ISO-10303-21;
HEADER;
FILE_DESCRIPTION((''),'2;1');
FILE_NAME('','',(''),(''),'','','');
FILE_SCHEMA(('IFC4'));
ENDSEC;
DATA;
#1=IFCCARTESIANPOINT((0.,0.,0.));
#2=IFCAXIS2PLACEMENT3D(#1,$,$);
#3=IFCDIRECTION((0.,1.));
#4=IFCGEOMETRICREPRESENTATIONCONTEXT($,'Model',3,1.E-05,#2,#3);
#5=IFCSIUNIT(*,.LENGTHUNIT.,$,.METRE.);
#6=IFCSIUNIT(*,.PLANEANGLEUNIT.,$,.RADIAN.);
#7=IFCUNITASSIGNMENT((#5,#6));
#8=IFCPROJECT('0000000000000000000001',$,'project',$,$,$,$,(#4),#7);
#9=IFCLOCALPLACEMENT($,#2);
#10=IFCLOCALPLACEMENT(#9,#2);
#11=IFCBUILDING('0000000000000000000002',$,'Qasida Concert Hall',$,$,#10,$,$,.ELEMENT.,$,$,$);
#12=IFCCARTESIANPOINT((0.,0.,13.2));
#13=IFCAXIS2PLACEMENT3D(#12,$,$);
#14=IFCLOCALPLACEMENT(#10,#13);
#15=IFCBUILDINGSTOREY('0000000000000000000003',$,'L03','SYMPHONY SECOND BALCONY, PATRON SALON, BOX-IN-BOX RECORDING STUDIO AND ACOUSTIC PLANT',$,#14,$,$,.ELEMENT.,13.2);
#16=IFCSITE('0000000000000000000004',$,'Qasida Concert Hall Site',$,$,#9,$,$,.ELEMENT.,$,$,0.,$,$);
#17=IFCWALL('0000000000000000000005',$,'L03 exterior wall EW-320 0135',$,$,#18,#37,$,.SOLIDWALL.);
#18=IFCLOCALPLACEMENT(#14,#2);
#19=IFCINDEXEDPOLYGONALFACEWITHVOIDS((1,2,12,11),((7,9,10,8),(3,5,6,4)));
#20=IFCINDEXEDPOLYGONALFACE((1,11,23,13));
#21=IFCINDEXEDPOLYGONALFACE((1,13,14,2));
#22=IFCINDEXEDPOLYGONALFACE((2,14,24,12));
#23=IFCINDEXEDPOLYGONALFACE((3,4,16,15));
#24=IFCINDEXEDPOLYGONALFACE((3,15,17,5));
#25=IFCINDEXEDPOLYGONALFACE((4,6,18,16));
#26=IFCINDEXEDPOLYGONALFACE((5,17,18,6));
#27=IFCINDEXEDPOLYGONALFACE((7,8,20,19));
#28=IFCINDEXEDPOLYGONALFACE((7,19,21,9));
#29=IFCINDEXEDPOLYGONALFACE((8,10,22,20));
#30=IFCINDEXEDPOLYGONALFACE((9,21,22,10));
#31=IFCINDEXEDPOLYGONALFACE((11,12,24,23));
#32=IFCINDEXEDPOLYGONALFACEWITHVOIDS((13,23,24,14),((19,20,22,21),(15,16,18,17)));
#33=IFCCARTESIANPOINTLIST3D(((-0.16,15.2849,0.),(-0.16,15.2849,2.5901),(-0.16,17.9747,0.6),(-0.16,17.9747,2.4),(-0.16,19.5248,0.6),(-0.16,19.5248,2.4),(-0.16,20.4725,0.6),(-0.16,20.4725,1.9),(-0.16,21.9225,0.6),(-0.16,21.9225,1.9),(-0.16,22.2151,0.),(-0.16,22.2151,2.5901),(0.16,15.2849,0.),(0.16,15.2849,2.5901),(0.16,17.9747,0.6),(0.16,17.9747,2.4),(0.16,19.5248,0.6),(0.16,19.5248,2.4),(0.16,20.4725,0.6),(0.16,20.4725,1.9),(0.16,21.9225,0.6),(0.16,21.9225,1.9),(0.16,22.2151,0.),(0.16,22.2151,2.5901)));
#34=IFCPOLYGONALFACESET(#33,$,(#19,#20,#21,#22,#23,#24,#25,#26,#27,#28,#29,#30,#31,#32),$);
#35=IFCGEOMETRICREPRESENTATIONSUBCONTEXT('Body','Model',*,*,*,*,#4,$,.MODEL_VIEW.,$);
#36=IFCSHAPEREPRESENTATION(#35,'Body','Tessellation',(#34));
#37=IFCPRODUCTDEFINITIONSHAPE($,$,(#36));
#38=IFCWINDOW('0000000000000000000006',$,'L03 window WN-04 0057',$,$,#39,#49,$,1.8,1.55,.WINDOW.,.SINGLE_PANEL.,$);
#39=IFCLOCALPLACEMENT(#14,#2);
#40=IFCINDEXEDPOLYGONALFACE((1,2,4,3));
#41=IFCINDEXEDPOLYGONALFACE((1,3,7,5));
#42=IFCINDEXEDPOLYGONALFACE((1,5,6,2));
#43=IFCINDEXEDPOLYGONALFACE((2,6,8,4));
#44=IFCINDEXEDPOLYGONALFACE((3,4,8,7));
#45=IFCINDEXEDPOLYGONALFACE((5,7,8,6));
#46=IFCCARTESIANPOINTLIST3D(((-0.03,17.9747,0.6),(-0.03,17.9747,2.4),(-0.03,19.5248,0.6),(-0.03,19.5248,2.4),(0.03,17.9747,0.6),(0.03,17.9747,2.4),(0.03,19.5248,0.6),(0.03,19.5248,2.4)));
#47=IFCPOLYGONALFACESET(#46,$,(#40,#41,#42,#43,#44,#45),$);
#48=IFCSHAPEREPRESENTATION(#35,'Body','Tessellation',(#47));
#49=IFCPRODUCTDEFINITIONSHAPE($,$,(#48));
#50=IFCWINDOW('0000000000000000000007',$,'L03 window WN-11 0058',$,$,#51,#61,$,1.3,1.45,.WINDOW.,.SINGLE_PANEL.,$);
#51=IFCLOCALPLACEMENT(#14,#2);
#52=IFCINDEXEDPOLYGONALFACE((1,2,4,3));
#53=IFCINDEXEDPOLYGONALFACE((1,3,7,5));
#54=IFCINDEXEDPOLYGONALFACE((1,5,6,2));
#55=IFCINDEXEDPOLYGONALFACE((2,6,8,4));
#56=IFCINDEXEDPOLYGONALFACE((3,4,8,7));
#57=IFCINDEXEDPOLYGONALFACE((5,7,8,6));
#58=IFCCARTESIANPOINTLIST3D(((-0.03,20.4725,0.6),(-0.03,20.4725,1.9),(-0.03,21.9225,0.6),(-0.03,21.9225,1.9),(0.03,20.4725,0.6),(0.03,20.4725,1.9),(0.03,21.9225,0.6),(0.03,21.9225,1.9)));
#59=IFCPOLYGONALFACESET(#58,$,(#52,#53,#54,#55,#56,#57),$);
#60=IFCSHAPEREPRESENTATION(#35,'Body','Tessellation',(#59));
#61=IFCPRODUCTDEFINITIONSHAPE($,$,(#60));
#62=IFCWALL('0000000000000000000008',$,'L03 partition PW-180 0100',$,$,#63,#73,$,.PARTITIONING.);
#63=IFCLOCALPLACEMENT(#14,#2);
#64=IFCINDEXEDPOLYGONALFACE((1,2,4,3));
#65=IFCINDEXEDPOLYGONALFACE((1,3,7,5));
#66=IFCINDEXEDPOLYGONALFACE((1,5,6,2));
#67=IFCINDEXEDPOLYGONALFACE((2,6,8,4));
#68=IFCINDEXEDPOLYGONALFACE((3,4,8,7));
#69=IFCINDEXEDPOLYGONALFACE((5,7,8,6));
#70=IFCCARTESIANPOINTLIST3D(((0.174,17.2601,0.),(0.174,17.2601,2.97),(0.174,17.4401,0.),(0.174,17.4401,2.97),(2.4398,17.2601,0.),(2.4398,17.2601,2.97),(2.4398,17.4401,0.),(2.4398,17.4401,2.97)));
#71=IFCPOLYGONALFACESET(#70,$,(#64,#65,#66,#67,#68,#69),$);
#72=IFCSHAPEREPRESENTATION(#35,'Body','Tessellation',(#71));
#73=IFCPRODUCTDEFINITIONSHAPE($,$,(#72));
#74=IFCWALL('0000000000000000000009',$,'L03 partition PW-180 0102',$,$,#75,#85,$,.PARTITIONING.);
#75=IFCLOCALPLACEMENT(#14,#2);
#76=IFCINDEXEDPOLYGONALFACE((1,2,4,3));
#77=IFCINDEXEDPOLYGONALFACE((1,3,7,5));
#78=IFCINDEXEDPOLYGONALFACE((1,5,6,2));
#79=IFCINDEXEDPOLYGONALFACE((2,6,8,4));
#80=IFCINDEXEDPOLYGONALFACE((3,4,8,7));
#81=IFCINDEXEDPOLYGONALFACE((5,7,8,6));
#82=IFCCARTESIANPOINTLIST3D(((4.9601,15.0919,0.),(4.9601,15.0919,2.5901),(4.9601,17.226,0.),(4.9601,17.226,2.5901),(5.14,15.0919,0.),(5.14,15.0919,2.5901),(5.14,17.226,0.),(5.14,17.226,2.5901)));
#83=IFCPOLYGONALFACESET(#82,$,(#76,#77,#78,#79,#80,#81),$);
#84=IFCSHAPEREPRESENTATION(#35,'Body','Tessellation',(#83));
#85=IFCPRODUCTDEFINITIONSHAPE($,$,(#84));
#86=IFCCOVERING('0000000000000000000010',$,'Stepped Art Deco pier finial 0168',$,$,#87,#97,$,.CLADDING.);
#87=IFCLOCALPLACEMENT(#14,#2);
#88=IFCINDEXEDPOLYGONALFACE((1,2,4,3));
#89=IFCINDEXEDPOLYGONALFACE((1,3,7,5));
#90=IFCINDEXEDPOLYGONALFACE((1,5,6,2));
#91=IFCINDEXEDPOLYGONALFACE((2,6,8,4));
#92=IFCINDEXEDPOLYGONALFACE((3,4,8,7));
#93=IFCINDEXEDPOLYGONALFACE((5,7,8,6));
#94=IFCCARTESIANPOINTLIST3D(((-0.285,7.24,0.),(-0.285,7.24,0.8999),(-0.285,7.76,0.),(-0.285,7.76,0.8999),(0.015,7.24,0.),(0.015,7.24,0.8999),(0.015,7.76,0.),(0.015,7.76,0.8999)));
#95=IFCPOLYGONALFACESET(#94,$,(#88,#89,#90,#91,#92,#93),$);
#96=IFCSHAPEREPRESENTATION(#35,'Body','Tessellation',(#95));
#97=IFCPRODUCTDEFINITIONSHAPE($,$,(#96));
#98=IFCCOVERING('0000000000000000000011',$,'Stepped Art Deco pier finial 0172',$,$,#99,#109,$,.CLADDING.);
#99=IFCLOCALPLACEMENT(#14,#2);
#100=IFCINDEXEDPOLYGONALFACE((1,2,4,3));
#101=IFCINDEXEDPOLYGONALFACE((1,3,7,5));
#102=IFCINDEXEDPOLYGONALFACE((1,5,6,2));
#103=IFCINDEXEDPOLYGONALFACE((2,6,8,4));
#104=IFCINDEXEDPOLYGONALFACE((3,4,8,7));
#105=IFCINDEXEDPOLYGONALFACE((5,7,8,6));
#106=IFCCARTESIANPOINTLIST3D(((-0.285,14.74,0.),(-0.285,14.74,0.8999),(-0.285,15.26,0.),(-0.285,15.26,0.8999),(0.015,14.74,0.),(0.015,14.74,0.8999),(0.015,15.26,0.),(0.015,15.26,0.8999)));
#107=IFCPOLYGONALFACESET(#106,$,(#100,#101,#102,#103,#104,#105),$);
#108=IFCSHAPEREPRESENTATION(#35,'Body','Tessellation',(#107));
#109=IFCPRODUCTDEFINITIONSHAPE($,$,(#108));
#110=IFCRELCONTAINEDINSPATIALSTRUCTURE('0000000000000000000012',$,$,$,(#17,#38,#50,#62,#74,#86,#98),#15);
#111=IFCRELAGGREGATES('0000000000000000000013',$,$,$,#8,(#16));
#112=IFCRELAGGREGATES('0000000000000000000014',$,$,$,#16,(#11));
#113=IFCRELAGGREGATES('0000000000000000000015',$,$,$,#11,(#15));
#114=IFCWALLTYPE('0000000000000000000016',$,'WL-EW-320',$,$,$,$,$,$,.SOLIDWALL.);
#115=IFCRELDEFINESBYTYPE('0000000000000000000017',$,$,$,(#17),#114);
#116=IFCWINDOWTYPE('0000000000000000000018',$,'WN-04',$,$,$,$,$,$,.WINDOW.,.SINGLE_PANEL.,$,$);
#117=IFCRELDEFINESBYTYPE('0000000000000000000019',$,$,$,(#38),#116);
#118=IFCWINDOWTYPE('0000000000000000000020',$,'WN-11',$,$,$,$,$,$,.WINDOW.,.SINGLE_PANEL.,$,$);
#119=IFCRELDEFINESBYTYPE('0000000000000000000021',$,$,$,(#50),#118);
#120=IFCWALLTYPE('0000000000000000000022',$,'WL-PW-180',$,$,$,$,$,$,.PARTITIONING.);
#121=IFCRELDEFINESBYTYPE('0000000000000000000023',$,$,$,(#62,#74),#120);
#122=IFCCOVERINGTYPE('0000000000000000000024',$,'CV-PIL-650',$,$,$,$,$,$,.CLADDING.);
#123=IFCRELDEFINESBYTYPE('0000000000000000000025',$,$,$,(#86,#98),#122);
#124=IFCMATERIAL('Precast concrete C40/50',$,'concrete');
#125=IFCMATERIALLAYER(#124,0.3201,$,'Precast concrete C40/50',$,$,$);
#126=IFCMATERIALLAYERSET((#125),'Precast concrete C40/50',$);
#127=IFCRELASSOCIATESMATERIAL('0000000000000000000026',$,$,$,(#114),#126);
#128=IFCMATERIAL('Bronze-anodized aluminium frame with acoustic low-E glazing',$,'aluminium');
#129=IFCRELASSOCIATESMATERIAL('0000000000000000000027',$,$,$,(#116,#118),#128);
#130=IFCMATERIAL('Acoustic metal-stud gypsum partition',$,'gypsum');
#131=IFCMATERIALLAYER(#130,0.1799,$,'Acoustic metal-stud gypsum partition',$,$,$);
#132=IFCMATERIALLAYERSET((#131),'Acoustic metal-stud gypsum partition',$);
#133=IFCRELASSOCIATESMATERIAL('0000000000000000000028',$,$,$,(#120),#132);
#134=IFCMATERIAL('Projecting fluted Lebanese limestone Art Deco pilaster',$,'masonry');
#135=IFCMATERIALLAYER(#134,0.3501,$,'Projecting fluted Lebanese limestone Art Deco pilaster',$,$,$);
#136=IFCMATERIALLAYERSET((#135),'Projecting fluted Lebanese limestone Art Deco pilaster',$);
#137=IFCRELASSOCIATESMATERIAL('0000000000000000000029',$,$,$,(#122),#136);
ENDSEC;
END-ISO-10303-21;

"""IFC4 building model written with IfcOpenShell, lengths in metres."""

from ifc_helpers import new_model, si_unit, direction, frame, frame_2d, origin, origin_2d, place, context, subcontext, project, spatial, rectangle, extrude, material, layer, layer_set, type_object, element, fill, save


model = new_model("IFC4")

# Units and contexts
model_context = context("Model", 3, precision=1e-05, world=origin(), true_north=direction((0.0, 1.0)))
body_context = subcontext(model_context, "Body", "Model", "MODEL_VIEW")
ifc_project = project(units=[si_unit("LENGTHUNIT", "METRE"), si_unit("PLANEANGLEUNIT", "RADIAN")], contexts=[model_context])

# Site, building, storey
site_placement = place(None, origin())
site = spatial("IfcSite", under=ifc_project, at=site_placement, Name="Qasida Concert Hall Site", CompositionType="ELEMENT", RefElevation=0.0)
building_placement = place(site_placement, origin())
building = spatial("IfcBuilding", under=site, at=building_placement, Name="Qasida Concert Hall", CompositionType="ELEMENT")
storey_placement = place(building_placement, frame((0.0, 0.0, 13.2)))
storey = spatial("IfcBuildingStorey", under=building, at=storey_placement, Name="L03", Description="SYMPHONY SECOND BALCONY, PATRON SALON, BOX-IN-BOX RECORDING STUDIO AND ACOUSTIC PLANT", CompositionType="ELEMENT", Elevation=13.2)

# Wall, openings, windows
ifc_material_1 = material(Name="Precast concrete C40/50", Category="concrete")
ifc_layer_1 = layer(ifc_material_1, 0.3201, Name="Precast concrete C40/50")
ifc_layer_set_1 = layer_set([ifc_layer_1], Name="Precast concrete C40/50")
wall_type_1 = type_object("IfcWallType", Name="WL-EW-320", PredefinedType="SOLIDWALL", material=ifc_layer_set_1)
wall_1_placement = place(storey_placement, frame((0.0, 15.2849, 0.0), z_axis=(0.0, 0.0, 1.0), x_axis=(0.0, 1.0, 0.0)))
wall_1 = element("IfcWall", 1, at=wall_1_placement, inside=storey, type_object=wall_type_1, Name="L03 exterior wall EW-320 0135", PredefinedType="SOLIDWALL", context=body_context, shape_type="SweptSolid", body=[
    extrude(rectangle(XDim=6.9302, YDim=0.3201, at=frame_2d((3.4651, 0.0))), origin(), (0.0, 0.0, 1.0), 2.5901),
])
opening_1_placement = place(wall_1_placement, frame((2.6899, 0.0, 0.6001)))
opening_1 = element("IfcOpeningElement", 2, at=opening_1_placement, cuts=wall_1, PredefinedType="OPENING", context=body_context, shape_type="SweptSolid", body=[
    extrude(rectangle(XDim=1.55, YDim=1.8, at=frame_2d((0.7749, 0.8999))), frame((0.0, 0.1699, 0.0), z_axis=(0.0, -1.0, 0.0), x_axis=(1.0, 0.0, 0.0)), (0.0, 0.0, 1.0), 0.3401),
])
opening_2_placement = place(wall_1_placement, frame((5.1875, 0.0, 0.6001)))
opening_2 = element("IfcOpeningElement", 3, at=opening_2_placement, cuts=wall_1, PredefinedType="OPENING", context=body_context, shape_type="SweptSolid", body=[
    extrude(rectangle(XDim=1.45, YDim=1.3, at=frame_2d((0.7251, 0.6499))), frame((0.0, 0.1699, 0.0), z_axis=(0.0, -1.0, 0.0), x_axis=(1.0, 0.0, 0.0)), (0.0, 0.0, 1.0), 0.3401),
])
ifc_material_2 = material(Name="Bronze-anodized aluminium frame with acoustic low-E glazing", Category="aluminium")
window_type_1 = type_object("IfcWindowType", Name="WN-04", PartitioningType="SINGLE_PANEL", PredefinedType="WINDOW", material=ifc_material_2)
window_1_placement = place(opening_1_placement, origin())
window_1 = element("IfcWindow", 4, at=window_1_placement, inside=storey, type_object=window_type_1, Name="L03 window WN-04 0057", OverallHeight=1.8, OverallWidth=1.55, PartitioningType="SINGLE_PANEL", PredefinedType="WINDOW", context=body_context, shape_type="SweptSolid", body=[
    extrude(rectangle(XDim=1.55, YDim=1.8, at=frame_2d((0.7749, 0.8999))), frame((0.0, 0.03, 0.0), z_axis=(0.0, -1.0, 0.0), x_axis=(1.0, 0.0, 0.0)), (0.0, 0.0, 1.0), 0.0601),
])
fill(opening_1, window_1)
window_type_2 = type_object("IfcWindowType", Name="WN-11", PartitioningType="SINGLE_PANEL", PredefinedType="WINDOW", material=ifc_material_2)
window_2_placement = place(opening_2_placement, origin())
window_2 = element("IfcWindow", 5, at=window_2_placement, inside=storey, type_object=window_type_2, Name="L03 window WN-11 0058", OverallHeight=1.3, OverallWidth=1.45, PartitioningType="SINGLE_PANEL", PredefinedType="WINDOW", context=body_context, shape_type="SweptSolid", body=[
    extrude(rectangle(XDim=1.45, YDim=1.3, at=frame_2d((0.7251, 0.6499))), frame((0.0, 0.03, 0.0), z_axis=(0.0, -1.0, 0.0), x_axis=(1.0, 0.0, 0.0)), (0.0, 0.0, 1.0), 0.0601),
])
fill(opening_2, window_2)

# Walls
ifc_material_3 = material(Name="Acoustic metal-stud gypsum partition", Category="gypsum")
ifc_layer_2 = layer(ifc_material_3, 0.1799, Name="Acoustic metal-stud gypsum partition")
ifc_layer_set_2 = layer_set([ifc_layer_2], Name="Acoustic metal-stud gypsum partition")
wall_type_2 = type_object("IfcWallType", Name="WL-PW-180", PredefinedType="PARTITIONING", material=ifc_layer_set_2)
wall_2_placement = place(storey_placement, frame((0.1741, 17.3501, 0.0), z_axis=(0.0, 0.0, 1.0), x_axis=(1.0, 0.0, 0.0)))
element("IfcWall", 6, at=wall_2_placement, inside=storey, type_object=wall_type_2, Name="L03 partition PW-180 0100", PredefinedType="PARTITIONING", context=body_context, shape_type="SweptSolid", body=[
    extrude(rectangle(XDim=2.2659, YDim=0.1799, at=frame_2d((1.1328, 0.0))), origin(), (0.0, 0.0, 1.0), 2.97),
])
wall_3_placement = place(storey_placement, frame((5.05, 15.092, 0.0), z_axis=(0.0, 0.0, 1.0), x_axis=(0.0, 1.0, 0.0)))
element("IfcWall", 7, at=wall_3_placement, inside=storey, type_object=wall_type_2, Name="L03 partition PW-180 0102", PredefinedType="PARTITIONING", context=body_context, shape_type="SweptSolid", body=[
    extrude(rectangle(XDim=2.134, YDim=0.1799, at=frame_2d((1.0669, 0.0))), origin(), (0.0, 0.0, 1.0), 2.5901),
])

# Coverings
ifc_material_4 = material(Name="Projecting fluted Lebanese limestone Art Deco pilaster", Category="masonry")
ifc_layer_3 = layer(ifc_material_4, 0.3501, Name="Projecting fluted Lebanese limestone Art Deco pilaster")
ifc_layer_set_3 = layer_set([ifc_layer_3], Name="Projecting fluted Lebanese limestone Art Deco pilaster")
covering_type = type_object("IfcCoveringType", Name="CV-PIL-650", PredefinedType="CLADDING", material=ifc_layer_set_3)
for number, where, z_axis, x_axis, name in (
    (8, (-0.135, 7.5, 0.0), (0.0, 0.0, 1.0), (1.0, 0.0, 0.0), "Stepped Art Deco pier finial 0168"),
    (9, (-0.135, 15.0, 0.0), (0.0, 0.0, 1.0), (1.0, 0.0, 0.0), "Stepped Art Deco pier finial 0172"),
):
    element("IfcCovering", number, at=place(storey_placement, frame(where, z_axis=z_axis, x_axis=x_axis)), inside=storey, type_object=covering_type, Name=name, PredefinedType="CLADDING", context=body_context, shape_type="SweptSolid", body=[
        extrude(rectangle(XDim=0.3, YDim=0.52, at=origin_2d()), origin(), (0.0, 0.0, 1.0), 0.8999),
    ])

save(model, "model.ifc")
